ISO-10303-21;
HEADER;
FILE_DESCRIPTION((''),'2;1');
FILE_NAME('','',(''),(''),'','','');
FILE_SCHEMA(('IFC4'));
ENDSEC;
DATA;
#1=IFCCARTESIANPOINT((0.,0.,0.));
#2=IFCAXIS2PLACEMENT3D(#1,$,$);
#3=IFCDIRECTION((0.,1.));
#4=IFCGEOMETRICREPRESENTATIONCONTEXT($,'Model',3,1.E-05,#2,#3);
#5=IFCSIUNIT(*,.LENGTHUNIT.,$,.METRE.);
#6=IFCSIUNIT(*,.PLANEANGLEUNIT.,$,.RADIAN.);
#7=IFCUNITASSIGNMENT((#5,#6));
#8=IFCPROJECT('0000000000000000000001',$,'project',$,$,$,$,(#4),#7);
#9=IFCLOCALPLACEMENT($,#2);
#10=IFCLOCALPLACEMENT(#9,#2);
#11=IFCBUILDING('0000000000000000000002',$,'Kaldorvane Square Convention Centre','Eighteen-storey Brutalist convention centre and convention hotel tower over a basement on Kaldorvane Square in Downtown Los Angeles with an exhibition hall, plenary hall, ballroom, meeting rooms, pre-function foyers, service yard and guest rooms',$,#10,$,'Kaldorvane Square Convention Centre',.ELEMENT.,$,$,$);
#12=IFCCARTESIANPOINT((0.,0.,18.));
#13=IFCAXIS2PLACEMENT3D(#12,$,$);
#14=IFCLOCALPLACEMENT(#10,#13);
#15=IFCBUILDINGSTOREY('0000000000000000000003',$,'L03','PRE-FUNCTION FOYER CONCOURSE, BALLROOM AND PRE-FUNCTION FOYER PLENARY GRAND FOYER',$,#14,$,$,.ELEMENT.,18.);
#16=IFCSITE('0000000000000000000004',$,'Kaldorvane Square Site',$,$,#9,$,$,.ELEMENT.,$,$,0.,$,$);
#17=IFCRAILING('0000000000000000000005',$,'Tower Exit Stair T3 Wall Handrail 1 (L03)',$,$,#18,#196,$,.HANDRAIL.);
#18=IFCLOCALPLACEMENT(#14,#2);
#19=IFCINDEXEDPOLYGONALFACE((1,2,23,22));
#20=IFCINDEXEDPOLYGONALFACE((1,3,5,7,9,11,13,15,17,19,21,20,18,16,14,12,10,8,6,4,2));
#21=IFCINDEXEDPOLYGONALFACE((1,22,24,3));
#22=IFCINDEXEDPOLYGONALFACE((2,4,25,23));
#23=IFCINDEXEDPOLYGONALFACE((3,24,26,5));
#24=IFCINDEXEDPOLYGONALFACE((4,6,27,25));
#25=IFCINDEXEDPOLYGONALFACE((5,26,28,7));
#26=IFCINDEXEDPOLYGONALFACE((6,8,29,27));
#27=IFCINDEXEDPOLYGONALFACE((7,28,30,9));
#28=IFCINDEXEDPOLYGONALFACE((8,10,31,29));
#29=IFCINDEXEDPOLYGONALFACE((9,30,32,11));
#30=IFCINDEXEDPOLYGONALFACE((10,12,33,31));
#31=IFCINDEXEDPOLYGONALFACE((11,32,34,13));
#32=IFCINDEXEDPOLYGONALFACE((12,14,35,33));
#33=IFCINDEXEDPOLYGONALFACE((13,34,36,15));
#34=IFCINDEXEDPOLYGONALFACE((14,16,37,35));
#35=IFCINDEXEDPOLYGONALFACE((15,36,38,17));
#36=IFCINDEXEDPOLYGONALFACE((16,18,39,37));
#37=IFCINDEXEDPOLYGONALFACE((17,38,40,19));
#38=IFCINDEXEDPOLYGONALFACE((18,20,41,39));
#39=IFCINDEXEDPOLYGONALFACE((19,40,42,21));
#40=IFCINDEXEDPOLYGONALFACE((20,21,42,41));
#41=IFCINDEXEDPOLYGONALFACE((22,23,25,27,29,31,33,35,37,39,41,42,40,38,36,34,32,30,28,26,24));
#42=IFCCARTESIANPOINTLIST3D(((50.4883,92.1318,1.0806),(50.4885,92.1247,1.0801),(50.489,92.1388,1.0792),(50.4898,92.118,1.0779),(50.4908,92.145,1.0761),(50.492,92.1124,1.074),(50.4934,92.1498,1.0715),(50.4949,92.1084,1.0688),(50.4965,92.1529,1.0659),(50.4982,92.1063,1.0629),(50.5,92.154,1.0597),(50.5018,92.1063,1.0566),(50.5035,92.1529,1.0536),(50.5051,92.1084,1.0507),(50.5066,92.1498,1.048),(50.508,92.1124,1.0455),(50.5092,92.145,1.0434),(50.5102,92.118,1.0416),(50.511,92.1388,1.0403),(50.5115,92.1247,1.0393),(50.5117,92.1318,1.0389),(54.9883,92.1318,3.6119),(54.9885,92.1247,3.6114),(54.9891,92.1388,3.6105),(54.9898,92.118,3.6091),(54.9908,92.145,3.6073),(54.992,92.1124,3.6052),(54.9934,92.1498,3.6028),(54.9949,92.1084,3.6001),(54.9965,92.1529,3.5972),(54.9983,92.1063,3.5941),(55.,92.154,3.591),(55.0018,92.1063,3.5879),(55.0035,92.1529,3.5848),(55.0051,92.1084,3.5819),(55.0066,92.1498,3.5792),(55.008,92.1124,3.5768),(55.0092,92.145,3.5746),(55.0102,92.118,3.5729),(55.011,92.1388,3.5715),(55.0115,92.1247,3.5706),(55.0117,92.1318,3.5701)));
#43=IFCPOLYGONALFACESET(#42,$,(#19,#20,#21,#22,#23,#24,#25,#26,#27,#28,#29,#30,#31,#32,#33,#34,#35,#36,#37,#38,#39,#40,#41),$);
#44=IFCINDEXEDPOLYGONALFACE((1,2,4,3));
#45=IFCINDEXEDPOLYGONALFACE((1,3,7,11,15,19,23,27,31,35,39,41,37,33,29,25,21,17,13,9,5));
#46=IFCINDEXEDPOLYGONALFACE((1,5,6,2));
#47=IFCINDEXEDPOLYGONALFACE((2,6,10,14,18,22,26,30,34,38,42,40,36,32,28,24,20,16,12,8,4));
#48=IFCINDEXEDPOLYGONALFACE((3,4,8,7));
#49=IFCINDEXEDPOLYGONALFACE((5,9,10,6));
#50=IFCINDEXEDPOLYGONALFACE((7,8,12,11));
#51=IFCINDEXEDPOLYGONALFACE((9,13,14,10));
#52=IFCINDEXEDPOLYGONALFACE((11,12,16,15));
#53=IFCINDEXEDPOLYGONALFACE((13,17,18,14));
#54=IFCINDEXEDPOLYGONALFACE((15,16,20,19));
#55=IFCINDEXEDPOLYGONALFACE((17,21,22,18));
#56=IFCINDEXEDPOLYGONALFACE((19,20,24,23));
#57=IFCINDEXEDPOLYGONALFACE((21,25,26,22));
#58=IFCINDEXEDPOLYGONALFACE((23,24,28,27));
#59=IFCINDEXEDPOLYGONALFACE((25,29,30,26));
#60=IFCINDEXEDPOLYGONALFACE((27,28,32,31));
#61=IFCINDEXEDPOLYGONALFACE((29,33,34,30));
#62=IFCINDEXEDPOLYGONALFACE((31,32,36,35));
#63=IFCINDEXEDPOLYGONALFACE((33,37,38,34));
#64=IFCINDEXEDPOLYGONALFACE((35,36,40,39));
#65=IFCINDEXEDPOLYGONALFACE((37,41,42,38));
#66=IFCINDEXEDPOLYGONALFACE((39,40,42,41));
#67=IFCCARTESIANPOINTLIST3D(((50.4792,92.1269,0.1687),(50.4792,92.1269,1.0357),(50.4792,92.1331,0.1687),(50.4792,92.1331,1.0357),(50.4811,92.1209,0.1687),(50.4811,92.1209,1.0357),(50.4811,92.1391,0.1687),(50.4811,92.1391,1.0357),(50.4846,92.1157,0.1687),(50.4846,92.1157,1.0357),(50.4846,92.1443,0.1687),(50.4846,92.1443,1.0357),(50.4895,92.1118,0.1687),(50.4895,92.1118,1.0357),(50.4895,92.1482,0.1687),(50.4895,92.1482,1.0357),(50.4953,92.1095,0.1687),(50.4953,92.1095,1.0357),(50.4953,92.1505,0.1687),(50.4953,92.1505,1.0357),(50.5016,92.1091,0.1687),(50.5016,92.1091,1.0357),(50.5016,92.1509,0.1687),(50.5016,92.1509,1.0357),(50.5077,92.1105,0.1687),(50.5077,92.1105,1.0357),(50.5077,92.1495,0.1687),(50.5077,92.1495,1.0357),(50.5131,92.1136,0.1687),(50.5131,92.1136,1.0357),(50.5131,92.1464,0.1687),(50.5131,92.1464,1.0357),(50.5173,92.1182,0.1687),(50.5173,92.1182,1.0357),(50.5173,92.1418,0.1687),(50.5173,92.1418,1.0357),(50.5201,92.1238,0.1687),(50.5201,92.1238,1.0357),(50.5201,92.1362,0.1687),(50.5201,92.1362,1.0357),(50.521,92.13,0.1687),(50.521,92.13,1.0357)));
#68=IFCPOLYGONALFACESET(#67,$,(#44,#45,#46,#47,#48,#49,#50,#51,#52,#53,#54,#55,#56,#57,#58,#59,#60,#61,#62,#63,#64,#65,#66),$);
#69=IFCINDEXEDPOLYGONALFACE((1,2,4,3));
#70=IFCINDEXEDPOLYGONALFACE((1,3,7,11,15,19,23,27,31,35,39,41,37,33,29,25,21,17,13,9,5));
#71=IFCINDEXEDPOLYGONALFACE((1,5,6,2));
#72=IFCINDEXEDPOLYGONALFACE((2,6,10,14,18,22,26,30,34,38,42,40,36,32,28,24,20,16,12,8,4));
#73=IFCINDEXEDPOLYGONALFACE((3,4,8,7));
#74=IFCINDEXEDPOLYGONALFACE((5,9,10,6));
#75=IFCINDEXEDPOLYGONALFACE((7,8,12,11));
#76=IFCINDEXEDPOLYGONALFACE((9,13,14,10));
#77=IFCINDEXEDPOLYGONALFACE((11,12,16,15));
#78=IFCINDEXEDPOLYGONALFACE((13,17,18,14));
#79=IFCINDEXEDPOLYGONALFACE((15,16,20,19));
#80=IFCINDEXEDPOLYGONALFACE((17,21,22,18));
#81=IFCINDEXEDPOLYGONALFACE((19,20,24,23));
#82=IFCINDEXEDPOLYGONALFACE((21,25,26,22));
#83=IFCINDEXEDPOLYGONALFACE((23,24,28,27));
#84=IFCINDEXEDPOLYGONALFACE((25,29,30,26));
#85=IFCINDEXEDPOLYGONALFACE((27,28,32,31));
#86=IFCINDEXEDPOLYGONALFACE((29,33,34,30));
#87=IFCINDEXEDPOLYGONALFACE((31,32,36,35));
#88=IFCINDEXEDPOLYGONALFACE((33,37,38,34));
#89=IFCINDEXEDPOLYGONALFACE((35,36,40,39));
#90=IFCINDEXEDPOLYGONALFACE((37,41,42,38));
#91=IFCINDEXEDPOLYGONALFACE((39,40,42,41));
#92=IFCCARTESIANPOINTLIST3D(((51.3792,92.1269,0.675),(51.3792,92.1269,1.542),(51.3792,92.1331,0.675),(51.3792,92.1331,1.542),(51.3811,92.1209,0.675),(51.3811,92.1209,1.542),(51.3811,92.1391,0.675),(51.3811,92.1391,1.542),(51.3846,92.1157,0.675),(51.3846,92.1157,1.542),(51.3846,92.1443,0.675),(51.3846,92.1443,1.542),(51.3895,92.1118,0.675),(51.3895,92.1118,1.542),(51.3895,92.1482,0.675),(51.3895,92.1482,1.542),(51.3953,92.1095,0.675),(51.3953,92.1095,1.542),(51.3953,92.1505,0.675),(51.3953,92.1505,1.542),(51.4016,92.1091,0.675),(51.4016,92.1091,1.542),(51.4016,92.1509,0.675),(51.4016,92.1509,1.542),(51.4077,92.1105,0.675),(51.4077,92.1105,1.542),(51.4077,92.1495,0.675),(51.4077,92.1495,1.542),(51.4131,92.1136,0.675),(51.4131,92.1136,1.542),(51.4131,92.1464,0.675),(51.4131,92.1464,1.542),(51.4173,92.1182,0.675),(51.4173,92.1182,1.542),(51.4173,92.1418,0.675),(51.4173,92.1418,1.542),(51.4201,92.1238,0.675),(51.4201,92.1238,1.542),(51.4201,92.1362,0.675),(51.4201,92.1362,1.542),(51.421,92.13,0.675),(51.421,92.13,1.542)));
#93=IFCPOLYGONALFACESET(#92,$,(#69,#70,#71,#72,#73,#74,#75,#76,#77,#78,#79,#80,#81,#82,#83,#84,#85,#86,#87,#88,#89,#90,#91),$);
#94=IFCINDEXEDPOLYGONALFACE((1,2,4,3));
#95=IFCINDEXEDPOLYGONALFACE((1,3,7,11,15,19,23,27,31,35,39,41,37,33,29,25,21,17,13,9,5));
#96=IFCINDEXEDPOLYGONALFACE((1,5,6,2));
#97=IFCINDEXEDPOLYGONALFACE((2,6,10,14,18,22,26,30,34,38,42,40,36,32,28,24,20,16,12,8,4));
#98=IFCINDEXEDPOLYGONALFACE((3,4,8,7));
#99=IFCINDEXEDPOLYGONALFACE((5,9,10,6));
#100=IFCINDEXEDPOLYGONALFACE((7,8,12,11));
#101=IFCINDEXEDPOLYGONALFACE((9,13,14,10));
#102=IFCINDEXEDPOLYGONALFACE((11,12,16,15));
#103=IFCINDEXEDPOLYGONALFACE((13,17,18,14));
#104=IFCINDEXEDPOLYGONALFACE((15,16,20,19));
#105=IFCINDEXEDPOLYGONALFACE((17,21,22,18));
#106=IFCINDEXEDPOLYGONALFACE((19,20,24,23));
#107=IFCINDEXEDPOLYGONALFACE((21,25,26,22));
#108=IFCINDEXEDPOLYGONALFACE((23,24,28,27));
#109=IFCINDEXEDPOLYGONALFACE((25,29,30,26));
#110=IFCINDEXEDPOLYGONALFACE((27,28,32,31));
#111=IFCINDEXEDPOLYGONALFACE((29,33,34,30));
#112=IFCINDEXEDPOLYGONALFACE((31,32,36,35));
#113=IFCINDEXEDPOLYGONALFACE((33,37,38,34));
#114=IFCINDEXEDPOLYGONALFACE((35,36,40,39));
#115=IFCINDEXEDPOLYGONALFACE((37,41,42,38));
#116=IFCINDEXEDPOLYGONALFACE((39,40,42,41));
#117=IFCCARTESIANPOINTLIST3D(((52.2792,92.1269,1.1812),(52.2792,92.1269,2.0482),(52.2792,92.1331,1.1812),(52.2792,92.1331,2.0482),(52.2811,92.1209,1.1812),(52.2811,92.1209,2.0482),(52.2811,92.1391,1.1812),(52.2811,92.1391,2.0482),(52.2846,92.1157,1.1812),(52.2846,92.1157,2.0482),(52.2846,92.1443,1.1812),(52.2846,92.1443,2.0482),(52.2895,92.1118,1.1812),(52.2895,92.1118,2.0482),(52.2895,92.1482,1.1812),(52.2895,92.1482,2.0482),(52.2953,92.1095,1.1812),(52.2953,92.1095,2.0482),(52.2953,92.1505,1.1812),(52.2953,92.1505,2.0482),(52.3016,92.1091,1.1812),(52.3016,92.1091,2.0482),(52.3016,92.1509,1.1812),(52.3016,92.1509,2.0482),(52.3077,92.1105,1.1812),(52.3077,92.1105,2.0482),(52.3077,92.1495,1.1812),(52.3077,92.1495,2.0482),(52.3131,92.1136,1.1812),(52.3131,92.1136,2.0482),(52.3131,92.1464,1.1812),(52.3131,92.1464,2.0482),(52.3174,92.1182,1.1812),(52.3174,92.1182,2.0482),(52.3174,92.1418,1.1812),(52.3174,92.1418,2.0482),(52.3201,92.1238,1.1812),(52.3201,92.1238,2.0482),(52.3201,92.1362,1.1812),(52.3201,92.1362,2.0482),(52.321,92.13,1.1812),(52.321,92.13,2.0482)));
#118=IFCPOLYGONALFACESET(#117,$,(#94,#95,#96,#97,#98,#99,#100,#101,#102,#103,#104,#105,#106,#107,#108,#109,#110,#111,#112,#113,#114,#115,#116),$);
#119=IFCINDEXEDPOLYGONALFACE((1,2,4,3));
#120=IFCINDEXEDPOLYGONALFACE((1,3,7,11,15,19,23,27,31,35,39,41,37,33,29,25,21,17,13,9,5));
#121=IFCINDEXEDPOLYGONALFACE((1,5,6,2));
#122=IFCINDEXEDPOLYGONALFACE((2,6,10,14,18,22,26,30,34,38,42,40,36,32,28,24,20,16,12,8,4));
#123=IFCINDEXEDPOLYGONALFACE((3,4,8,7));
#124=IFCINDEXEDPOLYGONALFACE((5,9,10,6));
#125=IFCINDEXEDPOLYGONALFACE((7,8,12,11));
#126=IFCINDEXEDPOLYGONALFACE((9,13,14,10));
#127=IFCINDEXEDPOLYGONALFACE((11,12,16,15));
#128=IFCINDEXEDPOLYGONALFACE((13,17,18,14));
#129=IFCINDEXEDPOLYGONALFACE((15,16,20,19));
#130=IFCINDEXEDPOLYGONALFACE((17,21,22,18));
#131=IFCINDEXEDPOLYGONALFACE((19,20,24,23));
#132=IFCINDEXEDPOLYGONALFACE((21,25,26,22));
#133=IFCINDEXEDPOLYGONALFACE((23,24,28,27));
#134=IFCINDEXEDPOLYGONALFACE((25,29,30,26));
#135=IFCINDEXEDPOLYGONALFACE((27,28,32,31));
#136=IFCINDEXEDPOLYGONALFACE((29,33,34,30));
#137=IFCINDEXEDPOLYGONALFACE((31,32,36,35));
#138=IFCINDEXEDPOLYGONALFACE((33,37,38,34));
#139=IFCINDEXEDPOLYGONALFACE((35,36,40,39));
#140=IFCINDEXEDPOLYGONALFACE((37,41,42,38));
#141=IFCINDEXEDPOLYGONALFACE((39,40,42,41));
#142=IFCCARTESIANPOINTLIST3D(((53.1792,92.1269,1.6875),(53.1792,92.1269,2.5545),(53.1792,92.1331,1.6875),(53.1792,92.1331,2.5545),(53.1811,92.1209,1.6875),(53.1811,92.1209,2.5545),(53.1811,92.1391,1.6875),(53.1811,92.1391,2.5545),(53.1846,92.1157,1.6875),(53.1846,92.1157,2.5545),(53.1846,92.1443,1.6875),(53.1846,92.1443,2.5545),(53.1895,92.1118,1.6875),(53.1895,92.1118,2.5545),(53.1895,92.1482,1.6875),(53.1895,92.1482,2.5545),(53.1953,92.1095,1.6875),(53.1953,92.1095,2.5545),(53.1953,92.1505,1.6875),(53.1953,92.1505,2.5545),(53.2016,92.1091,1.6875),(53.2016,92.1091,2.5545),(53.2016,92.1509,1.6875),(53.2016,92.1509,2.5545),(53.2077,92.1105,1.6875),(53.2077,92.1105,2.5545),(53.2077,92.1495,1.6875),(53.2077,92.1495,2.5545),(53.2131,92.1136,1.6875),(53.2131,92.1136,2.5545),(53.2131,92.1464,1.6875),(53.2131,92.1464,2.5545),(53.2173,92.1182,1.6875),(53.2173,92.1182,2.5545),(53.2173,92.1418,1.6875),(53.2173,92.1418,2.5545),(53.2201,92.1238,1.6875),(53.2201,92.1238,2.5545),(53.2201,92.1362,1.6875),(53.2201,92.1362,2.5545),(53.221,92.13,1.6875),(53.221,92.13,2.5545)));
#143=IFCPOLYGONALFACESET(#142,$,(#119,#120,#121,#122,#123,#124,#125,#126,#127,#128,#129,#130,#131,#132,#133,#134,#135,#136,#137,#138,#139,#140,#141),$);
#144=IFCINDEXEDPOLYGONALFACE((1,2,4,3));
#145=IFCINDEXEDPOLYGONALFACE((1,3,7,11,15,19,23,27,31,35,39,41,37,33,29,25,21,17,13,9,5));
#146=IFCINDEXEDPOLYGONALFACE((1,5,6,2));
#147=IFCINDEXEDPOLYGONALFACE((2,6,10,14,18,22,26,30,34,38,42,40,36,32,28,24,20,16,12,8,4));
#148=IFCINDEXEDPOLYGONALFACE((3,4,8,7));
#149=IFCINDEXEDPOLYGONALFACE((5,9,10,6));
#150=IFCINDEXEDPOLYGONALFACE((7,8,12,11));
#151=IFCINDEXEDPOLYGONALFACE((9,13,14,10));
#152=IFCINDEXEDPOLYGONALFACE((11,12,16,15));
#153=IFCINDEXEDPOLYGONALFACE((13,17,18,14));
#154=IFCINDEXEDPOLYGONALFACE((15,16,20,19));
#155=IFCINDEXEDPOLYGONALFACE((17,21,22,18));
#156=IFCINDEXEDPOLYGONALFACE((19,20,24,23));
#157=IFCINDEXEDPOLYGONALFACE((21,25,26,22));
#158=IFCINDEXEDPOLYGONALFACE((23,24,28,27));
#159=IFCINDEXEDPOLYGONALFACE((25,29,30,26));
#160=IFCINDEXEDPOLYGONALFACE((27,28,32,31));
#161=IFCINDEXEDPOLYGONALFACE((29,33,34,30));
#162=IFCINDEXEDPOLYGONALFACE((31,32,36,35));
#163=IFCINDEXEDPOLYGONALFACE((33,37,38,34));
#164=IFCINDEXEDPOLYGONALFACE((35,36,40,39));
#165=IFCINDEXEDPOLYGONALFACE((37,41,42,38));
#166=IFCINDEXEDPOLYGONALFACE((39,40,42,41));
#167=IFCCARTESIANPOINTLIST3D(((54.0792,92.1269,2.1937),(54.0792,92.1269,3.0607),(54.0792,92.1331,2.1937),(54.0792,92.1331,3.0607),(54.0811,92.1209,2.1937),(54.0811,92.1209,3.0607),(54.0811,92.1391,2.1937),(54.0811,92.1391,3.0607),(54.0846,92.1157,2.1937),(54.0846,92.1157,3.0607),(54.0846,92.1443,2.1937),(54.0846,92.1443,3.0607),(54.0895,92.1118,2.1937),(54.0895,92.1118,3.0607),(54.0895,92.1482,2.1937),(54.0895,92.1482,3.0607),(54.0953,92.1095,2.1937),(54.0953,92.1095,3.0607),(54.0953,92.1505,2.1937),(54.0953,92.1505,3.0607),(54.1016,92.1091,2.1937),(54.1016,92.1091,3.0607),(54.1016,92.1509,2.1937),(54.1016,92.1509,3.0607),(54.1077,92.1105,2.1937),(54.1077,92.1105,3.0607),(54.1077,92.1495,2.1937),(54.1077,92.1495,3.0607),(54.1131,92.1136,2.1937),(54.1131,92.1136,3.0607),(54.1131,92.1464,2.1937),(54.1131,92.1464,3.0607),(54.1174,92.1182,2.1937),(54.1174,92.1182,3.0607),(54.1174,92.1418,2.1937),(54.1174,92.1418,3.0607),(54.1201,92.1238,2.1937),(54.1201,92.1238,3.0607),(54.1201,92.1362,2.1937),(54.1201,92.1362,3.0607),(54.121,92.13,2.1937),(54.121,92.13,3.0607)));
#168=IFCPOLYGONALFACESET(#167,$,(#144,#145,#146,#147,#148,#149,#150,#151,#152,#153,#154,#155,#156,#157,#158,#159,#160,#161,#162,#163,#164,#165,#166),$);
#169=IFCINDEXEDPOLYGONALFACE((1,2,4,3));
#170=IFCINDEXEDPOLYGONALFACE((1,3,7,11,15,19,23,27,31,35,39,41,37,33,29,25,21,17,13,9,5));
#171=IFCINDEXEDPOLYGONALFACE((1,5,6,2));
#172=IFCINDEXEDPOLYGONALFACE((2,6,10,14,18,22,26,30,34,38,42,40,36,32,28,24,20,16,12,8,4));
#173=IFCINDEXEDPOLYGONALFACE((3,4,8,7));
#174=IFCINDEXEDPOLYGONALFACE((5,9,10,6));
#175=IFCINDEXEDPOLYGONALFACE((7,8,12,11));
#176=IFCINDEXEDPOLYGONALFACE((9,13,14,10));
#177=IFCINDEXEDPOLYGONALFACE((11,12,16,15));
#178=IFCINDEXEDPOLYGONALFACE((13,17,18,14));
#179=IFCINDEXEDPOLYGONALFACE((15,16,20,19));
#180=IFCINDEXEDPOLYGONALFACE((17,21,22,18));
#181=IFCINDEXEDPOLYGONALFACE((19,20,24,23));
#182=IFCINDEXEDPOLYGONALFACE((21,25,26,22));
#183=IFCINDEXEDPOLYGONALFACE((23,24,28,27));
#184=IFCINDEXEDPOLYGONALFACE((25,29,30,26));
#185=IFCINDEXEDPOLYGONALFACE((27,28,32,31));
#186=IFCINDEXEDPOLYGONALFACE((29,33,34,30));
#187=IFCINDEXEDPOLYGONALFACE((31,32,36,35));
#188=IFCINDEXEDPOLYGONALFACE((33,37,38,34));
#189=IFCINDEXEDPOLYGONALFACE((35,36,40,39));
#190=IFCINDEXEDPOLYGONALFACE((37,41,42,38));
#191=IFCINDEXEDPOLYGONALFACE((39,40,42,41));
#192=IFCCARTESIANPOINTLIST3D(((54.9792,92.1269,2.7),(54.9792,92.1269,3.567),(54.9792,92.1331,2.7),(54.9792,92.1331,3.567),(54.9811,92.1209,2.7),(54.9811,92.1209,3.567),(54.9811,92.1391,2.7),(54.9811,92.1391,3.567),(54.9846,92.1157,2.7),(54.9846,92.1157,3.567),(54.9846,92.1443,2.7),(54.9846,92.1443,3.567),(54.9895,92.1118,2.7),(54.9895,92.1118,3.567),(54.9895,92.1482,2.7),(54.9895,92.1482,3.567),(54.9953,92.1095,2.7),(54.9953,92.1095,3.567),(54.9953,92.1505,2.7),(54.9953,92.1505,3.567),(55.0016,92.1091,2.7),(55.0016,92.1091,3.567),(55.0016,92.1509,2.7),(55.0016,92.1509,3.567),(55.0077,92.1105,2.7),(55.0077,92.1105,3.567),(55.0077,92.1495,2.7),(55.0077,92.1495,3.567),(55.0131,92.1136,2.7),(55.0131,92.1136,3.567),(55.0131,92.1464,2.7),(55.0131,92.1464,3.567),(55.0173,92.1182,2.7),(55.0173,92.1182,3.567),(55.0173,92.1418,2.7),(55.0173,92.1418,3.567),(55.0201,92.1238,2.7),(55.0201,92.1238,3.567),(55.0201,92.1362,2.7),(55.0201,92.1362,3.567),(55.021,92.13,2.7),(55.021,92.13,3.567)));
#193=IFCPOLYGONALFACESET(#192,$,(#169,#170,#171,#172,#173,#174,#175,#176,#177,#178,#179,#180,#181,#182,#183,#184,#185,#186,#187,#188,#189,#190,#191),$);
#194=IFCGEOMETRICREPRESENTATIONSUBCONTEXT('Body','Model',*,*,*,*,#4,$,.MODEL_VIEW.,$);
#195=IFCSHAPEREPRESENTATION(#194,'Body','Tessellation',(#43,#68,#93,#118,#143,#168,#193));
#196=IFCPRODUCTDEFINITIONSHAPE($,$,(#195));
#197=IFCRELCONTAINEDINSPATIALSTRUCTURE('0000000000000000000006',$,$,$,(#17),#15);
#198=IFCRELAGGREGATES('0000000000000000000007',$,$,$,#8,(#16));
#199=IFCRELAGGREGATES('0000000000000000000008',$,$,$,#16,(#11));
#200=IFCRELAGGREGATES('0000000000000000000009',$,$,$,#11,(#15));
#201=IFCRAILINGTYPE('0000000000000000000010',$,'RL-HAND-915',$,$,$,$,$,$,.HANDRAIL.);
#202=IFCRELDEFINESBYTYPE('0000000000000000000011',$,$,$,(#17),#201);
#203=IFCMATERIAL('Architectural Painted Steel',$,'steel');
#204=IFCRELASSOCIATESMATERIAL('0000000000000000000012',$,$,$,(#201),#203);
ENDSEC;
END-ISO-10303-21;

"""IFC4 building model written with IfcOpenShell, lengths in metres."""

from ifc_helpers import new_model, si_unit, direction, frame, origin, origin_2d, place, context, subcontext, project, spatial, circle, extrude, material, type_object, element, save


model = new_model("IFC4")

# Units and contexts
model_context = context("Model", 3, precision=1e-05, world=origin(), true_north=direction((0.0, 1.0)))
body_context = subcontext(model_context, "Body", "Model", "MODEL_VIEW")
ifc_project = project(units=[si_unit("LENGTHUNIT", "METRE"), si_unit("PLANEANGLEUNIT", "RADIAN")], contexts=[model_context])

# Site, building, storey
site_placement = place(None, origin())
site = spatial("IfcSite", under=ifc_project, at=site_placement, Name="Kaldorvane Square Site", CompositionType="ELEMENT", RefElevation=0.0)
building_placement = place(site_placement, origin())
building = spatial("IfcBuilding", under=site, at=building_placement, Name="Kaldorvane Square Convention Centre", Description="Eighteen-storey Brutalist convention centre and convention hotel tower over a basement on Kaldorvane Square in Downtown Los Angeles with an exhibition hall, plenary hall, ballroom, meeting rooms, pre-function foyers, service yard and guest rooms", LongName="Kaldorvane Square Convention Centre", CompositionType="ELEMENT")
storey_placement = place(building_placement, frame((0.0, 0.0, 18.0)))
storey = spatial("IfcBuildingStorey", under=building, at=storey_placement, Name="L03", Description="PRE-FUNCTION FOYER CONCOURSE, BALLROOM AND PRE-FUNCTION FOYER PLENARY GRAND FOYER", CompositionType="ELEMENT", Elevation=18.0)

# Railing
ifc_material_1 = material(Name="Architectural Painted Steel", Category="steel")
railing_type_1 = type_object("IfcRailingType", Name="RL-HAND-915", PredefinedType="HANDRAIL", material=ifc_material_1)
railing_1_placement = place(storey_placement, frame((50.5, 92.13, 0.1687)))
element("IfcRailing", 1, at=railing_1_placement, inside=storey, type_object=railing_type_1, Name="Tower Exit Stair T3 Wall Handrail 1 (L03)", PredefinedType="HANDRAIL", context=body_context, shape_type="SweptSolid", body=[
    extrude(circle(Radius=0.024, at=origin_2d()), frame((0.0, 0.0, 0.891), z_axis=(0.871576, 0.0, 0.490261), x_axis=(0.0, 1.0, 0.0)), (0.0, 0.0, 1.0), 5.1631),
    extrude(circle(Radius=0.021, at=origin_2d()), origin(), (0.0, 0.0, 1.0), 0.867),
    extrude(circle(Radius=0.021, at=origin_2d()), frame((0.9, 0.0, 0.5063)), (0.0, 0.0, 1.0), 0.867),
    extrude(circle(Radius=0.021, at=origin_2d()), frame((1.8, 0.0, 1.0125)), (0.0, 0.0, 1.0), 0.867),
    extrude(circle(Radius=0.021, at=origin_2d()), frame((2.7, 0.0, 1.5188)), (0.0, 0.0, 1.0), 0.867),
    extrude(circle(Radius=0.021, at=origin_2d()), frame((3.6, 0.0, 2.025)), (0.0, 0.0, 1.0), 0.867),
    extrude(circle(Radius=0.021, at=origin_2d()), frame((4.5, 0.0, 2.5312)), (0.0, 0.0, 1.0), 0.867),
])

save(model, "model.ifc")
